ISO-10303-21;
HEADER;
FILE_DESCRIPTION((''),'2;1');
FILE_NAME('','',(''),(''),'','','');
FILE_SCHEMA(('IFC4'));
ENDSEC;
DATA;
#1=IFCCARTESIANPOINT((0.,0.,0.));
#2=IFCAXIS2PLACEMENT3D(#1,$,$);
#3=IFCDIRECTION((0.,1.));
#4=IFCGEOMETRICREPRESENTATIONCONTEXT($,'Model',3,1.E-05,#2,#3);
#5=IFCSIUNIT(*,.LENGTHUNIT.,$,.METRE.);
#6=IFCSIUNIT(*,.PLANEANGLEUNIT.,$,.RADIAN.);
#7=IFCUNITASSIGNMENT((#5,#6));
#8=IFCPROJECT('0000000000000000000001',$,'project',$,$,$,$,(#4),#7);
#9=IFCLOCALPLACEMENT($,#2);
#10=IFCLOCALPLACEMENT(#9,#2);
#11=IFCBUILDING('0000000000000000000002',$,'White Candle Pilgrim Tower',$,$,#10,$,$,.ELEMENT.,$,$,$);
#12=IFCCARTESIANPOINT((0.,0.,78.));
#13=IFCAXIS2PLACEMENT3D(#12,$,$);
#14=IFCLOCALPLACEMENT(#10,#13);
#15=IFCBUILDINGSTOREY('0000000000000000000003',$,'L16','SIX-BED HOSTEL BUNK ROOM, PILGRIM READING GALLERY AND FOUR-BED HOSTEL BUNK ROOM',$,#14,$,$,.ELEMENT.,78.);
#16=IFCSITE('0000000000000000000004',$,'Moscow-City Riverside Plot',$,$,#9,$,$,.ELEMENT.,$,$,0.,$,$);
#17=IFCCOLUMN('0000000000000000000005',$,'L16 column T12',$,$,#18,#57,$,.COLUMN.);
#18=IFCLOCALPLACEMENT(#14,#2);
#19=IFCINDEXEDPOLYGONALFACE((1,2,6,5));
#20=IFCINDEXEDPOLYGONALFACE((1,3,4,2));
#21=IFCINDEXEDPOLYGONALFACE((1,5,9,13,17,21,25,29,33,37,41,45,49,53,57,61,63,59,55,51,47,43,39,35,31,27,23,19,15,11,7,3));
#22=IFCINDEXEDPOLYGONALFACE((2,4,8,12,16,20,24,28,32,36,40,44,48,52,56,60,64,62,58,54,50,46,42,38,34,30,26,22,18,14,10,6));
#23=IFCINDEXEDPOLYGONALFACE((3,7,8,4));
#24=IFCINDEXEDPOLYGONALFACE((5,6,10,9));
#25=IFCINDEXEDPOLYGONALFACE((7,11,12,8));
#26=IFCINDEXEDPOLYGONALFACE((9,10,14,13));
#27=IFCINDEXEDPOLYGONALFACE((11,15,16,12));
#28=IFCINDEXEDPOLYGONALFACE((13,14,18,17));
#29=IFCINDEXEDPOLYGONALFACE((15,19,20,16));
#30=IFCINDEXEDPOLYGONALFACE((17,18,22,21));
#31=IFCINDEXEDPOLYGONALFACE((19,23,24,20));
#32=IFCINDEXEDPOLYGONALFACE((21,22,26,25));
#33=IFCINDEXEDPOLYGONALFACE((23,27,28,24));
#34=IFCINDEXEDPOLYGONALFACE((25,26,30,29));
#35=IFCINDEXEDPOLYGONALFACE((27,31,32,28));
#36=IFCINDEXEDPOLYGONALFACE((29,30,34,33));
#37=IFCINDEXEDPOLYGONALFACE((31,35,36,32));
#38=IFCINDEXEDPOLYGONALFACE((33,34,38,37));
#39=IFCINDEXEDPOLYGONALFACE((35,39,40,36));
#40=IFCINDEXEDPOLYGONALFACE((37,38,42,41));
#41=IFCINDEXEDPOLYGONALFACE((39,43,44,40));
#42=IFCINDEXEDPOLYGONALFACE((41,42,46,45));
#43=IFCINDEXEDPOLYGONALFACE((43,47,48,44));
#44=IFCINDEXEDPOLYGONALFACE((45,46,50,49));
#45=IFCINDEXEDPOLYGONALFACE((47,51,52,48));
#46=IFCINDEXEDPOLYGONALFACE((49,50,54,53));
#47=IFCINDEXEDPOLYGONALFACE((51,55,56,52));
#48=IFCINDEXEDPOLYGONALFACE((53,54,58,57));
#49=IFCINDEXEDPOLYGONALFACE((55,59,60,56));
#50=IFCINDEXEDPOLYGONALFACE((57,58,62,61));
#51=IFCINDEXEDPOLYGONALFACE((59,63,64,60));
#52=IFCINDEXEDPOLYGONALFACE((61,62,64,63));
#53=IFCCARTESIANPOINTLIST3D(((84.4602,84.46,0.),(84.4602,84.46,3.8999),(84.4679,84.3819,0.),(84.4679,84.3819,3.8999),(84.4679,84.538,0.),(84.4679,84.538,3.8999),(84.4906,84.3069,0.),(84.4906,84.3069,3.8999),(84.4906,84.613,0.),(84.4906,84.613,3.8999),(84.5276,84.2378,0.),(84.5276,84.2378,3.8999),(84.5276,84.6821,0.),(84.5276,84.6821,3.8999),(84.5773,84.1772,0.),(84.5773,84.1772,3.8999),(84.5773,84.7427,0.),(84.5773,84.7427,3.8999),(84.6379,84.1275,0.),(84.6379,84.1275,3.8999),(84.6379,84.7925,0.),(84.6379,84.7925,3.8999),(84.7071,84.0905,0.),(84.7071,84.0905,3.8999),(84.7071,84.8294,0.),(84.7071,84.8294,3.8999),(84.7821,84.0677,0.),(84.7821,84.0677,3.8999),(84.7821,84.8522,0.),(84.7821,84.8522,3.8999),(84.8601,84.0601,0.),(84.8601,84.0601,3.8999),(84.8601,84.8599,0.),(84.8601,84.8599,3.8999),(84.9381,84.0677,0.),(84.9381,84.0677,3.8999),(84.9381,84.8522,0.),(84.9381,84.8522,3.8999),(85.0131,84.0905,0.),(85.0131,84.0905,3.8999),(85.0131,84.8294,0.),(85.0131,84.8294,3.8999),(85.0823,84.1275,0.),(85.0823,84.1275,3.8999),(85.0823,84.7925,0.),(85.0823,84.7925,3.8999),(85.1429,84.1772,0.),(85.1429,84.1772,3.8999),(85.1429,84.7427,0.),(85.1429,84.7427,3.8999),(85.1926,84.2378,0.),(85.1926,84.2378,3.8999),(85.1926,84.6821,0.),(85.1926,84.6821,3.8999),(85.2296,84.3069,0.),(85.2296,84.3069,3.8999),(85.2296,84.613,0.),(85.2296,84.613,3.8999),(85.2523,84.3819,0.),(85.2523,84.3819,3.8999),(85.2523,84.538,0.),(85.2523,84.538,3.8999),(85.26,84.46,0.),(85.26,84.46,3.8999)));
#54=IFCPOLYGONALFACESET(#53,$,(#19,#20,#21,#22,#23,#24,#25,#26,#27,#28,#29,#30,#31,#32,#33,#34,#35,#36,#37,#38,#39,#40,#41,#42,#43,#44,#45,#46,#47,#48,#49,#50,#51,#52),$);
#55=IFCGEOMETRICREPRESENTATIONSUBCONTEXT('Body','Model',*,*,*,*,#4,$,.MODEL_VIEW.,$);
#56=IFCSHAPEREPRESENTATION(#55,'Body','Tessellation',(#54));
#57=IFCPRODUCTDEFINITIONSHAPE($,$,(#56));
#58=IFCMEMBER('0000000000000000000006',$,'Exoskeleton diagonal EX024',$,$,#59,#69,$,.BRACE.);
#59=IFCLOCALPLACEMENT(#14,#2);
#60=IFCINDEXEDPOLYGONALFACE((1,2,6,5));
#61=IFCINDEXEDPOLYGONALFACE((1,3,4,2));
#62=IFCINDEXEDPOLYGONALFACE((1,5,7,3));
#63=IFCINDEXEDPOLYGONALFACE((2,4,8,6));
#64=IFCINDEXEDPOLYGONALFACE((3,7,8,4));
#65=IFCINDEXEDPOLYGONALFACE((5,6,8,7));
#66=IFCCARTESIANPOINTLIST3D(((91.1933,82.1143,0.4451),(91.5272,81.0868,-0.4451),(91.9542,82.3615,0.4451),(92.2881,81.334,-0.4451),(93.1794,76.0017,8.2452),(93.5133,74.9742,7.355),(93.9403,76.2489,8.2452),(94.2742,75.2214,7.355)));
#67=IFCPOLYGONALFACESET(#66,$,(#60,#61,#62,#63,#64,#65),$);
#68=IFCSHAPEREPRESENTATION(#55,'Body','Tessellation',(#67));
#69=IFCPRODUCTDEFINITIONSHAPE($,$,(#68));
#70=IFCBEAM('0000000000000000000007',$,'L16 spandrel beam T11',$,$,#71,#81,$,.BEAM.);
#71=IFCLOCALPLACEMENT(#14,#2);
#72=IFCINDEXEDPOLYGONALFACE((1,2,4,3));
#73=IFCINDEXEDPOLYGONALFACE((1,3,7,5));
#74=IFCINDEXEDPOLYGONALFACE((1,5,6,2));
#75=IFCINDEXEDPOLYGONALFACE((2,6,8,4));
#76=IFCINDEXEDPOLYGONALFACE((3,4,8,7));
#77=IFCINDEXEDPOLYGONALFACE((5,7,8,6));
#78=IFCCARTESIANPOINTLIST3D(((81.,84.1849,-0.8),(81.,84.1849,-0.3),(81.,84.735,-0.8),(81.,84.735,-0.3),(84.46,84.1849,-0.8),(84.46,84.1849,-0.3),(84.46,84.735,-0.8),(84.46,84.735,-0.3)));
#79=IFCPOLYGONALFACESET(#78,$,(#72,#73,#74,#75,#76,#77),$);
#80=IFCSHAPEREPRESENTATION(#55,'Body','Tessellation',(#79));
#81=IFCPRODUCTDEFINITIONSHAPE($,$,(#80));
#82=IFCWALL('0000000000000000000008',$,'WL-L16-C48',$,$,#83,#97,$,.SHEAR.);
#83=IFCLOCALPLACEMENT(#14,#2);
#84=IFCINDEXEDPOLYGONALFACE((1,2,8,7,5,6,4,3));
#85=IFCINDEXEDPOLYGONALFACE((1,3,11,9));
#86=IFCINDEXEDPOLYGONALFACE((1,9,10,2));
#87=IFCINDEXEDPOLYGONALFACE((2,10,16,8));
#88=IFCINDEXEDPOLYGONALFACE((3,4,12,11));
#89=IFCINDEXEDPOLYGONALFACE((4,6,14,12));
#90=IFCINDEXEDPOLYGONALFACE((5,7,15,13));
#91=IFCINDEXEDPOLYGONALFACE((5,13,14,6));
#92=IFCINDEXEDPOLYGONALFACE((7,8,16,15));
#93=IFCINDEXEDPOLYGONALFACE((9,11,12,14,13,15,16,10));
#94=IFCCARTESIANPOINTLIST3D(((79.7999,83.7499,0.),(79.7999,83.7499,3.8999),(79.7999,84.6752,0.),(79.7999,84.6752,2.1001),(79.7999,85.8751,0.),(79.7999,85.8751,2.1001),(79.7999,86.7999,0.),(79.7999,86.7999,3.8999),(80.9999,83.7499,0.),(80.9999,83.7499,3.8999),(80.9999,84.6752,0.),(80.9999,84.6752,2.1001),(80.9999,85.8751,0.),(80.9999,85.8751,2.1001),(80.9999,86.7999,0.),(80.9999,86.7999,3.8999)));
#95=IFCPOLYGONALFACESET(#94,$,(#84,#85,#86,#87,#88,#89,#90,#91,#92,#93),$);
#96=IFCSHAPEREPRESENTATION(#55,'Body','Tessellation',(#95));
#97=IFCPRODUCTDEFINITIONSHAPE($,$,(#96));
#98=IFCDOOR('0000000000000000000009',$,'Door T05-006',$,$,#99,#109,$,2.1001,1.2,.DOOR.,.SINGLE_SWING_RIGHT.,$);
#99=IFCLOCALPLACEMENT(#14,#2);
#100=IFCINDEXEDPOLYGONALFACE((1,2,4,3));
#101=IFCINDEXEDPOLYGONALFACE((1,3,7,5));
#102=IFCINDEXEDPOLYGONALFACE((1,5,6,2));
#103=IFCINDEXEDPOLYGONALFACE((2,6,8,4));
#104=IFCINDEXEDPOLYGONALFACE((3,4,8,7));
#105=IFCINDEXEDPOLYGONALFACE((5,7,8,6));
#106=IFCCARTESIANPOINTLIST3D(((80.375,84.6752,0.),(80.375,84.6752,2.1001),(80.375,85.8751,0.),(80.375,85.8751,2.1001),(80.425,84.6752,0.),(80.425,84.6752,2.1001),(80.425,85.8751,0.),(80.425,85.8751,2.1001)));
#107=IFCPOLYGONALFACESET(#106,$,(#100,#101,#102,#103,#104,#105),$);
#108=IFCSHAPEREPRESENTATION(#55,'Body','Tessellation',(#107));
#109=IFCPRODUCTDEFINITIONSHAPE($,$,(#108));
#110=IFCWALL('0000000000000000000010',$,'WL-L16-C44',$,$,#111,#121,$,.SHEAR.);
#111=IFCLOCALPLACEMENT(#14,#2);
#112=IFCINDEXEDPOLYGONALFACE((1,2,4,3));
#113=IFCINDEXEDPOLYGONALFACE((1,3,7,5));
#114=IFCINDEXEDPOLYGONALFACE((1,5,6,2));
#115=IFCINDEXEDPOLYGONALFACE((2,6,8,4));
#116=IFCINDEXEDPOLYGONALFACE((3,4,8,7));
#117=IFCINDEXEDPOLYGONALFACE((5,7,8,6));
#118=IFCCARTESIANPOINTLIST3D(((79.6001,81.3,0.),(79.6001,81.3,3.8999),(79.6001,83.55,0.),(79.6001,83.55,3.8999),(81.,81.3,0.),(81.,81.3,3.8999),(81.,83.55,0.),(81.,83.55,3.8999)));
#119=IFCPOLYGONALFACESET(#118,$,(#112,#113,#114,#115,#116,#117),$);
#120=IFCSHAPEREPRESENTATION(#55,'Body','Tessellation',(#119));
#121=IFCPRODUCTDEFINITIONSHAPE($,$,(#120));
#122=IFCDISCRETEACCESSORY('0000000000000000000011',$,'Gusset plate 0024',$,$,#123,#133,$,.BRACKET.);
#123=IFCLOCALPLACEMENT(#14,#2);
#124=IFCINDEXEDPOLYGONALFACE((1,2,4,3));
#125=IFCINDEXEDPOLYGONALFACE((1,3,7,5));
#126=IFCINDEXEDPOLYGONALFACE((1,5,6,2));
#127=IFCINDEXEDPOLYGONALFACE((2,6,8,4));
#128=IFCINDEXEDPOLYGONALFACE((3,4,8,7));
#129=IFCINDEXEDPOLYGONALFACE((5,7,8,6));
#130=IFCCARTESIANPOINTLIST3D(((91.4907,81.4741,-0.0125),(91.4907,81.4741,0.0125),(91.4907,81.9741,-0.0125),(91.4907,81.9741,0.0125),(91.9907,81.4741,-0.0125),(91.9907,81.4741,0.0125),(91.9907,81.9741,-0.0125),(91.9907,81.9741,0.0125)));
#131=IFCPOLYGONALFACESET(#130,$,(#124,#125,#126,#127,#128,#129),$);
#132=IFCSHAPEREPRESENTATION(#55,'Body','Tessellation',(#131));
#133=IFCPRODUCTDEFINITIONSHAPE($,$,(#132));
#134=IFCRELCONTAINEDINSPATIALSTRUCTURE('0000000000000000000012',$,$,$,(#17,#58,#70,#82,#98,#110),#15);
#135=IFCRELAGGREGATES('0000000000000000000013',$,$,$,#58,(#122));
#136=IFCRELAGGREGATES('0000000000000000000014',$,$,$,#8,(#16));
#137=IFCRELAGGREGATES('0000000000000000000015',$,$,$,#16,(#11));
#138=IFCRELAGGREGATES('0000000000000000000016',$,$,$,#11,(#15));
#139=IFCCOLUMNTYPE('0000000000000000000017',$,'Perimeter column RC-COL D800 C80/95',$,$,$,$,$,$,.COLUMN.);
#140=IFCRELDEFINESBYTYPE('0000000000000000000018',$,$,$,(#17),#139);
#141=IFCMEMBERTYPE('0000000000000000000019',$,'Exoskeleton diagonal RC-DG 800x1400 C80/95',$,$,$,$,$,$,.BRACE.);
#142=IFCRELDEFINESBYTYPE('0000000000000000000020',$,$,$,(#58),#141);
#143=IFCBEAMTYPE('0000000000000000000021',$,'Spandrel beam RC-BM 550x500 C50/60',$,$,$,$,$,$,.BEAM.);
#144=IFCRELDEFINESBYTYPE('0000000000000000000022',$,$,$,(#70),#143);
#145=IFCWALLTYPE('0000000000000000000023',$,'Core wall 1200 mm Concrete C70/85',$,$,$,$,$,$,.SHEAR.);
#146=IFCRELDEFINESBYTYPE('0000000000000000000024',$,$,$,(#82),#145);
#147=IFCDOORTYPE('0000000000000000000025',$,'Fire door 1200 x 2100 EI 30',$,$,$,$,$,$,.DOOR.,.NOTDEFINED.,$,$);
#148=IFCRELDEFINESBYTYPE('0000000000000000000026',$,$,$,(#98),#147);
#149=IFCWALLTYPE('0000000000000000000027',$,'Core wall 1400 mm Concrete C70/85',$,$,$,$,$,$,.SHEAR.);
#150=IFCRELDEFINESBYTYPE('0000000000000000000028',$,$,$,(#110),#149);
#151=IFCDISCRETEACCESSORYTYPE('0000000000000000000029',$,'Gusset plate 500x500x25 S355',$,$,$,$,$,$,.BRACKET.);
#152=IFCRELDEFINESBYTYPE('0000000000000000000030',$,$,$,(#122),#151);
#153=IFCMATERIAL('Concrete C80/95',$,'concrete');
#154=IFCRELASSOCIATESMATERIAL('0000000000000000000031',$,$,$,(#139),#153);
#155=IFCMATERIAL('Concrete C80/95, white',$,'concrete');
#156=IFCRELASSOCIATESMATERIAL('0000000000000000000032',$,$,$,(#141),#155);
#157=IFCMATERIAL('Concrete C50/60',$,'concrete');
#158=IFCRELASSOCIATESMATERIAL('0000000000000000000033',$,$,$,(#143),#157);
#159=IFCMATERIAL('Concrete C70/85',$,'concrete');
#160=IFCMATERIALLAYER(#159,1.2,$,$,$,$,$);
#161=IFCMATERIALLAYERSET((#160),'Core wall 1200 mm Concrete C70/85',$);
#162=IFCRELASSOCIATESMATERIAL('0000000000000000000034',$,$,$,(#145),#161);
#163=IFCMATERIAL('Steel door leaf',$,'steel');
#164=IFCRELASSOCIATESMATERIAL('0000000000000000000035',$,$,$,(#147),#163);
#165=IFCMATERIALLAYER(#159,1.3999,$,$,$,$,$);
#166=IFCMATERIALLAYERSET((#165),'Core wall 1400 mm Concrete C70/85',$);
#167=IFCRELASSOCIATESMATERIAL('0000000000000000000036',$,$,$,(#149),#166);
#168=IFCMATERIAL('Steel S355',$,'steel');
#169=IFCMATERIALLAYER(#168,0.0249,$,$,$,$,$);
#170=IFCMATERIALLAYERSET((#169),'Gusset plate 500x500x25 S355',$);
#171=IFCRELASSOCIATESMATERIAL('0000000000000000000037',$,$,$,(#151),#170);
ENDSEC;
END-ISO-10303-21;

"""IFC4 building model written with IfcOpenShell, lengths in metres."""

from ifc_helpers import new_model, si_unit, direction, frame, frame_2d, origin, origin_2d, place, context, subcontext, project, spatial, rectangle, circle, extrude, material, layer, layer_set, material_profile, profile_set, type_object, element, fill, aggregate, save


model = new_model("IFC4")

# Units and contexts
model_context = context("Model", 3, precision=1e-05, world=origin(), true_north=direction((0.0, 1.0)))
body_context = subcontext(model_context, "Body", "Model", "MODEL_VIEW")
ifc_project = project(units=[si_unit("LENGTHUNIT", "METRE"), si_unit("PLANEANGLEUNIT", "RADIAN")], contexts=[model_context])

# Site, building, storey
site_placement = place(None, origin())
site = spatial("IfcSite", under=ifc_project, at=site_placement, Name="Moscow-City Riverside Plot", CompositionType="ELEMENT", RefElevation=0.0)
building_placement = place(site_placement, origin())
building = spatial("IfcBuilding", under=site, at=building_placement, Name="White Candle Pilgrim Tower", CompositionType="ELEMENT")
storey_placement = place(building_placement, frame((0.0, 0.0, 78.0)))
storey = spatial("IfcBuildingStorey", under=building, at=storey_placement, Name="L16", Description="SIX-BED HOSTEL BUNK ROOM, PILGRIM READING GALLERY AND FOUR-BED HOSTEL BUNK ROOM", CompositionType="ELEMENT", Elevation=78.0)

# Column
ifc_material_1 = material(Name="Concrete C80/95", Category="concrete")
ifc_material_profile_1 = material_profile(ifc_material_1, circle(Radius=0.3999, at=origin_2d()), Name="RC-COL D800")
ifc_profile_set_1 = profile_set([ifc_material_profile_1], Name="Concrete C80/95")
column_type = type_object("IfcColumnType", Name="Perimeter column RC-COL D800 C80/95", PredefinedType="COLUMN", material=ifc_profile_set_1)
column_placement = place(storey_placement, frame((84.8601, 84.46, 0.0), z_axis=(0.0, 0.0, 1.0), x_axis=(1.0, 0.0, 0.0)))
element("IfcColumn", 1, at=column_placement, inside=storey, type_object=column_type, Name="L16 column T12", PredefinedType="COLUMN", context=body_context, shape_type="SweptSolid", body=[
    extrude(circle(Radius=0.3999, at=origin_2d()), origin(), (0.0, 0.0, 1.0), 3.8999),
])

# Member
ifc_material_2 = material(Name="Concrete C80/95, white", Category="concrete")
ifc_material_profile_2 = material_profile(ifc_material_2, rectangle(XDim=0.8, YDim=1.3999, at=origin_2d()), Name="RC-DG 800x1400")
ifc_profile_set_2 = profile_set([ifc_material_profile_2], Name="Concrete C80/95, white")
member_type = type_object("IfcMemberType", Name="Exoskeleton diagonal RC-DG 800x1400 C80/95", PredefinedType="BRACE", material=ifc_profile_set_2)
member_placement = place(storey_placement, frame((91.7407, 81.7241, 0.0), z_axis=(0.196509, -0.604792, 0.771758), x_axis=(0.951057, 0.309016, 0.0)))
member = element("IfcMember", 2, at=member_placement, inside=storey, type_object=member_type, Name="Exoskeleton diagonal EX024", PredefinedType="BRACE", context=body_context, shape_type="SweptSolid", body=[
    extrude(rectangle(XDim=0.8, YDim=1.3999, at=origin_2d()), origin(), (0.0, 0.0, 1.0), 10.1069),
])

# Beam
ifc_material_3 = material(Name="Concrete C50/60", Category="concrete")
ifc_material_profile_3 = material_profile(ifc_material_3, rectangle(XDim=0.55, YDim=0.5, at=origin_2d()), Name="RC-BM 550x500")
ifc_profile_set_3 = profile_set([ifc_material_profile_3], Name="Concrete C50/60")
beam_type = type_object("IfcBeamType", Name="Spandrel beam RC-BM 550x500 C50/60", PredefinedType="BEAM", material=ifc_profile_set_3)
beam_placement = place(storey_placement, frame((84.46, 84.46, -0.55), z_axis=(-1.0, 0.0, 0.0), x_axis=(0.0, -1.0, 0.0)))
element("IfcBeam", 3, at=beam_placement, inside=storey, type_object=beam_type, Name="L16 spandrel beam T11", PredefinedType="BEAM", context=body_context, shape_type="SweptSolid", body=[
    extrude(rectangle(XDim=0.55, YDim=0.5, at=origin_2d()), origin(), (0.0, 0.0, 1.0), 3.46),
])

# Wall, opening, door
ifc_material_4 = material(Name="Concrete C70/85", Category="concrete")
ifc_layer_1 = layer(ifc_material_4, 1.2)
ifc_layer_set_1 = layer_set([ifc_layer_1], Name="Core wall 1200 mm Concrete C70/85")
wall_type_1 = type_object("IfcWallType", Name="Core wall 1200 mm Concrete C70/85", PredefinedType="SHEAR", material=ifc_layer_set_1)
wall_1_placement = place(storey_placement, frame((80.3999, 83.75, 0.0), z_axis=(0.0, 0.0, 1.0), x_axis=(0.0, 1.0, 0.0)))
wall_1 = element("IfcWall", 4, at=wall_1_placement, inside=storey, type_object=wall_type_1, Name="WL-L16-C48", PredefinedType="SHEAR", context=body_context, shape_type="SweptSolid", body=[
    extrude(rectangle(XDim=3.05, YDim=1.2, at=frame_2d((1.5249, 0.0))), origin(), (0.0, 0.0, 1.0), 3.8999),
])
opening_1_placement = place(wall_1_placement, frame((0.925, 0.0, 0.0)))
opening_1 = element("IfcOpeningElement", 5, at=opening_1_placement, cuts=wall_1, PredefinedType="OPENING", context=body_context, shape_type="SweptSolid", body=[
    extrude(rectangle(XDim=1.2, YDim=2.1001, at=frame_2d((0.6001, 1.05))), frame((0.0, 0.6099, 0.0), z_axis=(0.0, -1.0, 0.0), x_axis=(1.0, 0.0, 0.0)), (0.0, 0.0, 1.0), 1.22),
])
ifc_material_5 = material(Name="Steel door leaf", Category="steel")
door_type_1 = type_object("IfcDoorType", Name="Fire door 1200 x 2100 EI 30", OperationType="NOTDEFINED", PredefinedType="DOOR", material=ifc_material_5)
door_1_placement = place(opening_1_placement, origin())
door_1 = element("IfcDoor", 6, at=door_1_placement, inside=storey, type_object=door_type_1, Name="Door T05-006", OperationType="SINGLE_SWING_RIGHT", OverallHeight=2.1001, OverallWidth=1.2, PredefinedType="DOOR", context=body_context, shape_type="SweptSolid", body=[
    extrude(rectangle(XDim=1.2, YDim=2.1001, at=frame_2d((0.6001, 1.05))), frame((0.0, 0.0249, 0.0), z_axis=(0.0, -1.0, 0.0), x_axis=(1.0, 0.0, 0.0)), (0.0, 0.0, 1.0), 0.05),
])
fill(opening_1, door_1)

# Wall
ifc_layer_2 = layer(ifc_material_4, 1.3999)
ifc_layer_set_2 = layer_set([ifc_layer_2], Name="Core wall 1400 mm Concrete C70/85")
wall_type_2 = type_object("IfcWallType", Name="Core wall 1400 mm Concrete C70/85", PredefinedType="SHEAR", material=ifc_layer_set_2)
wall_2_placement = place(storey_placement, frame((80.3, 81.3, 0.0), z_axis=(0.0, 0.0, 1.0), x_axis=(0.0, 1.0, 0.0)))
element("IfcWall", 7, at=wall_2_placement, inside=storey, type_object=wall_type_2, Name="WL-L16-C44", PredefinedType="SHEAR", context=body_context, shape_type="SweptSolid", body=[
    extrude(rectangle(XDim=2.25, YDim=1.3999, at=frame_2d((1.125, 0.0))), origin(), (0.0, 0.0, 1.0), 3.8999),
])

# Discrete accessory
ifc_material_6 = material(Name="Steel S355", Category="steel")
ifc_layer_3 = layer(ifc_material_6, 0.0249)
ifc_layer_set_3 = layer_set([ifc_layer_3], Name="Gusset plate 500x500x25 S355")
discrete_accessory_type = type_object("IfcDiscreteAccessoryType", Name="Gusset plate 500x500x25 S355", PredefinedType="BRACKET", material=ifc_layer_set_3)
discrete_accessory_placement = place(storey_placement, frame((91.7407, 81.7241, -0.0125), z_axis=(0.0, 0.0, 1.0), x_axis=(1.0, 0.0, 0.0)))
discrete_accessory = element("IfcDiscreteAccessory", 8, at=discrete_accessory_placement, type_object=discrete_accessory_type, Name="Gusset plate 0024", PredefinedType="BRACKET", context=body_context, shape_type="SweptSolid", body=[
    extrude(rectangle(XDim=0.5, YDim=0.5, at=origin_2d()), origin(), (0.0, 0.0, 1.0), 0.0249),
])
aggregate(member, [discrete_accessory])

save(model, "model.ifc")
